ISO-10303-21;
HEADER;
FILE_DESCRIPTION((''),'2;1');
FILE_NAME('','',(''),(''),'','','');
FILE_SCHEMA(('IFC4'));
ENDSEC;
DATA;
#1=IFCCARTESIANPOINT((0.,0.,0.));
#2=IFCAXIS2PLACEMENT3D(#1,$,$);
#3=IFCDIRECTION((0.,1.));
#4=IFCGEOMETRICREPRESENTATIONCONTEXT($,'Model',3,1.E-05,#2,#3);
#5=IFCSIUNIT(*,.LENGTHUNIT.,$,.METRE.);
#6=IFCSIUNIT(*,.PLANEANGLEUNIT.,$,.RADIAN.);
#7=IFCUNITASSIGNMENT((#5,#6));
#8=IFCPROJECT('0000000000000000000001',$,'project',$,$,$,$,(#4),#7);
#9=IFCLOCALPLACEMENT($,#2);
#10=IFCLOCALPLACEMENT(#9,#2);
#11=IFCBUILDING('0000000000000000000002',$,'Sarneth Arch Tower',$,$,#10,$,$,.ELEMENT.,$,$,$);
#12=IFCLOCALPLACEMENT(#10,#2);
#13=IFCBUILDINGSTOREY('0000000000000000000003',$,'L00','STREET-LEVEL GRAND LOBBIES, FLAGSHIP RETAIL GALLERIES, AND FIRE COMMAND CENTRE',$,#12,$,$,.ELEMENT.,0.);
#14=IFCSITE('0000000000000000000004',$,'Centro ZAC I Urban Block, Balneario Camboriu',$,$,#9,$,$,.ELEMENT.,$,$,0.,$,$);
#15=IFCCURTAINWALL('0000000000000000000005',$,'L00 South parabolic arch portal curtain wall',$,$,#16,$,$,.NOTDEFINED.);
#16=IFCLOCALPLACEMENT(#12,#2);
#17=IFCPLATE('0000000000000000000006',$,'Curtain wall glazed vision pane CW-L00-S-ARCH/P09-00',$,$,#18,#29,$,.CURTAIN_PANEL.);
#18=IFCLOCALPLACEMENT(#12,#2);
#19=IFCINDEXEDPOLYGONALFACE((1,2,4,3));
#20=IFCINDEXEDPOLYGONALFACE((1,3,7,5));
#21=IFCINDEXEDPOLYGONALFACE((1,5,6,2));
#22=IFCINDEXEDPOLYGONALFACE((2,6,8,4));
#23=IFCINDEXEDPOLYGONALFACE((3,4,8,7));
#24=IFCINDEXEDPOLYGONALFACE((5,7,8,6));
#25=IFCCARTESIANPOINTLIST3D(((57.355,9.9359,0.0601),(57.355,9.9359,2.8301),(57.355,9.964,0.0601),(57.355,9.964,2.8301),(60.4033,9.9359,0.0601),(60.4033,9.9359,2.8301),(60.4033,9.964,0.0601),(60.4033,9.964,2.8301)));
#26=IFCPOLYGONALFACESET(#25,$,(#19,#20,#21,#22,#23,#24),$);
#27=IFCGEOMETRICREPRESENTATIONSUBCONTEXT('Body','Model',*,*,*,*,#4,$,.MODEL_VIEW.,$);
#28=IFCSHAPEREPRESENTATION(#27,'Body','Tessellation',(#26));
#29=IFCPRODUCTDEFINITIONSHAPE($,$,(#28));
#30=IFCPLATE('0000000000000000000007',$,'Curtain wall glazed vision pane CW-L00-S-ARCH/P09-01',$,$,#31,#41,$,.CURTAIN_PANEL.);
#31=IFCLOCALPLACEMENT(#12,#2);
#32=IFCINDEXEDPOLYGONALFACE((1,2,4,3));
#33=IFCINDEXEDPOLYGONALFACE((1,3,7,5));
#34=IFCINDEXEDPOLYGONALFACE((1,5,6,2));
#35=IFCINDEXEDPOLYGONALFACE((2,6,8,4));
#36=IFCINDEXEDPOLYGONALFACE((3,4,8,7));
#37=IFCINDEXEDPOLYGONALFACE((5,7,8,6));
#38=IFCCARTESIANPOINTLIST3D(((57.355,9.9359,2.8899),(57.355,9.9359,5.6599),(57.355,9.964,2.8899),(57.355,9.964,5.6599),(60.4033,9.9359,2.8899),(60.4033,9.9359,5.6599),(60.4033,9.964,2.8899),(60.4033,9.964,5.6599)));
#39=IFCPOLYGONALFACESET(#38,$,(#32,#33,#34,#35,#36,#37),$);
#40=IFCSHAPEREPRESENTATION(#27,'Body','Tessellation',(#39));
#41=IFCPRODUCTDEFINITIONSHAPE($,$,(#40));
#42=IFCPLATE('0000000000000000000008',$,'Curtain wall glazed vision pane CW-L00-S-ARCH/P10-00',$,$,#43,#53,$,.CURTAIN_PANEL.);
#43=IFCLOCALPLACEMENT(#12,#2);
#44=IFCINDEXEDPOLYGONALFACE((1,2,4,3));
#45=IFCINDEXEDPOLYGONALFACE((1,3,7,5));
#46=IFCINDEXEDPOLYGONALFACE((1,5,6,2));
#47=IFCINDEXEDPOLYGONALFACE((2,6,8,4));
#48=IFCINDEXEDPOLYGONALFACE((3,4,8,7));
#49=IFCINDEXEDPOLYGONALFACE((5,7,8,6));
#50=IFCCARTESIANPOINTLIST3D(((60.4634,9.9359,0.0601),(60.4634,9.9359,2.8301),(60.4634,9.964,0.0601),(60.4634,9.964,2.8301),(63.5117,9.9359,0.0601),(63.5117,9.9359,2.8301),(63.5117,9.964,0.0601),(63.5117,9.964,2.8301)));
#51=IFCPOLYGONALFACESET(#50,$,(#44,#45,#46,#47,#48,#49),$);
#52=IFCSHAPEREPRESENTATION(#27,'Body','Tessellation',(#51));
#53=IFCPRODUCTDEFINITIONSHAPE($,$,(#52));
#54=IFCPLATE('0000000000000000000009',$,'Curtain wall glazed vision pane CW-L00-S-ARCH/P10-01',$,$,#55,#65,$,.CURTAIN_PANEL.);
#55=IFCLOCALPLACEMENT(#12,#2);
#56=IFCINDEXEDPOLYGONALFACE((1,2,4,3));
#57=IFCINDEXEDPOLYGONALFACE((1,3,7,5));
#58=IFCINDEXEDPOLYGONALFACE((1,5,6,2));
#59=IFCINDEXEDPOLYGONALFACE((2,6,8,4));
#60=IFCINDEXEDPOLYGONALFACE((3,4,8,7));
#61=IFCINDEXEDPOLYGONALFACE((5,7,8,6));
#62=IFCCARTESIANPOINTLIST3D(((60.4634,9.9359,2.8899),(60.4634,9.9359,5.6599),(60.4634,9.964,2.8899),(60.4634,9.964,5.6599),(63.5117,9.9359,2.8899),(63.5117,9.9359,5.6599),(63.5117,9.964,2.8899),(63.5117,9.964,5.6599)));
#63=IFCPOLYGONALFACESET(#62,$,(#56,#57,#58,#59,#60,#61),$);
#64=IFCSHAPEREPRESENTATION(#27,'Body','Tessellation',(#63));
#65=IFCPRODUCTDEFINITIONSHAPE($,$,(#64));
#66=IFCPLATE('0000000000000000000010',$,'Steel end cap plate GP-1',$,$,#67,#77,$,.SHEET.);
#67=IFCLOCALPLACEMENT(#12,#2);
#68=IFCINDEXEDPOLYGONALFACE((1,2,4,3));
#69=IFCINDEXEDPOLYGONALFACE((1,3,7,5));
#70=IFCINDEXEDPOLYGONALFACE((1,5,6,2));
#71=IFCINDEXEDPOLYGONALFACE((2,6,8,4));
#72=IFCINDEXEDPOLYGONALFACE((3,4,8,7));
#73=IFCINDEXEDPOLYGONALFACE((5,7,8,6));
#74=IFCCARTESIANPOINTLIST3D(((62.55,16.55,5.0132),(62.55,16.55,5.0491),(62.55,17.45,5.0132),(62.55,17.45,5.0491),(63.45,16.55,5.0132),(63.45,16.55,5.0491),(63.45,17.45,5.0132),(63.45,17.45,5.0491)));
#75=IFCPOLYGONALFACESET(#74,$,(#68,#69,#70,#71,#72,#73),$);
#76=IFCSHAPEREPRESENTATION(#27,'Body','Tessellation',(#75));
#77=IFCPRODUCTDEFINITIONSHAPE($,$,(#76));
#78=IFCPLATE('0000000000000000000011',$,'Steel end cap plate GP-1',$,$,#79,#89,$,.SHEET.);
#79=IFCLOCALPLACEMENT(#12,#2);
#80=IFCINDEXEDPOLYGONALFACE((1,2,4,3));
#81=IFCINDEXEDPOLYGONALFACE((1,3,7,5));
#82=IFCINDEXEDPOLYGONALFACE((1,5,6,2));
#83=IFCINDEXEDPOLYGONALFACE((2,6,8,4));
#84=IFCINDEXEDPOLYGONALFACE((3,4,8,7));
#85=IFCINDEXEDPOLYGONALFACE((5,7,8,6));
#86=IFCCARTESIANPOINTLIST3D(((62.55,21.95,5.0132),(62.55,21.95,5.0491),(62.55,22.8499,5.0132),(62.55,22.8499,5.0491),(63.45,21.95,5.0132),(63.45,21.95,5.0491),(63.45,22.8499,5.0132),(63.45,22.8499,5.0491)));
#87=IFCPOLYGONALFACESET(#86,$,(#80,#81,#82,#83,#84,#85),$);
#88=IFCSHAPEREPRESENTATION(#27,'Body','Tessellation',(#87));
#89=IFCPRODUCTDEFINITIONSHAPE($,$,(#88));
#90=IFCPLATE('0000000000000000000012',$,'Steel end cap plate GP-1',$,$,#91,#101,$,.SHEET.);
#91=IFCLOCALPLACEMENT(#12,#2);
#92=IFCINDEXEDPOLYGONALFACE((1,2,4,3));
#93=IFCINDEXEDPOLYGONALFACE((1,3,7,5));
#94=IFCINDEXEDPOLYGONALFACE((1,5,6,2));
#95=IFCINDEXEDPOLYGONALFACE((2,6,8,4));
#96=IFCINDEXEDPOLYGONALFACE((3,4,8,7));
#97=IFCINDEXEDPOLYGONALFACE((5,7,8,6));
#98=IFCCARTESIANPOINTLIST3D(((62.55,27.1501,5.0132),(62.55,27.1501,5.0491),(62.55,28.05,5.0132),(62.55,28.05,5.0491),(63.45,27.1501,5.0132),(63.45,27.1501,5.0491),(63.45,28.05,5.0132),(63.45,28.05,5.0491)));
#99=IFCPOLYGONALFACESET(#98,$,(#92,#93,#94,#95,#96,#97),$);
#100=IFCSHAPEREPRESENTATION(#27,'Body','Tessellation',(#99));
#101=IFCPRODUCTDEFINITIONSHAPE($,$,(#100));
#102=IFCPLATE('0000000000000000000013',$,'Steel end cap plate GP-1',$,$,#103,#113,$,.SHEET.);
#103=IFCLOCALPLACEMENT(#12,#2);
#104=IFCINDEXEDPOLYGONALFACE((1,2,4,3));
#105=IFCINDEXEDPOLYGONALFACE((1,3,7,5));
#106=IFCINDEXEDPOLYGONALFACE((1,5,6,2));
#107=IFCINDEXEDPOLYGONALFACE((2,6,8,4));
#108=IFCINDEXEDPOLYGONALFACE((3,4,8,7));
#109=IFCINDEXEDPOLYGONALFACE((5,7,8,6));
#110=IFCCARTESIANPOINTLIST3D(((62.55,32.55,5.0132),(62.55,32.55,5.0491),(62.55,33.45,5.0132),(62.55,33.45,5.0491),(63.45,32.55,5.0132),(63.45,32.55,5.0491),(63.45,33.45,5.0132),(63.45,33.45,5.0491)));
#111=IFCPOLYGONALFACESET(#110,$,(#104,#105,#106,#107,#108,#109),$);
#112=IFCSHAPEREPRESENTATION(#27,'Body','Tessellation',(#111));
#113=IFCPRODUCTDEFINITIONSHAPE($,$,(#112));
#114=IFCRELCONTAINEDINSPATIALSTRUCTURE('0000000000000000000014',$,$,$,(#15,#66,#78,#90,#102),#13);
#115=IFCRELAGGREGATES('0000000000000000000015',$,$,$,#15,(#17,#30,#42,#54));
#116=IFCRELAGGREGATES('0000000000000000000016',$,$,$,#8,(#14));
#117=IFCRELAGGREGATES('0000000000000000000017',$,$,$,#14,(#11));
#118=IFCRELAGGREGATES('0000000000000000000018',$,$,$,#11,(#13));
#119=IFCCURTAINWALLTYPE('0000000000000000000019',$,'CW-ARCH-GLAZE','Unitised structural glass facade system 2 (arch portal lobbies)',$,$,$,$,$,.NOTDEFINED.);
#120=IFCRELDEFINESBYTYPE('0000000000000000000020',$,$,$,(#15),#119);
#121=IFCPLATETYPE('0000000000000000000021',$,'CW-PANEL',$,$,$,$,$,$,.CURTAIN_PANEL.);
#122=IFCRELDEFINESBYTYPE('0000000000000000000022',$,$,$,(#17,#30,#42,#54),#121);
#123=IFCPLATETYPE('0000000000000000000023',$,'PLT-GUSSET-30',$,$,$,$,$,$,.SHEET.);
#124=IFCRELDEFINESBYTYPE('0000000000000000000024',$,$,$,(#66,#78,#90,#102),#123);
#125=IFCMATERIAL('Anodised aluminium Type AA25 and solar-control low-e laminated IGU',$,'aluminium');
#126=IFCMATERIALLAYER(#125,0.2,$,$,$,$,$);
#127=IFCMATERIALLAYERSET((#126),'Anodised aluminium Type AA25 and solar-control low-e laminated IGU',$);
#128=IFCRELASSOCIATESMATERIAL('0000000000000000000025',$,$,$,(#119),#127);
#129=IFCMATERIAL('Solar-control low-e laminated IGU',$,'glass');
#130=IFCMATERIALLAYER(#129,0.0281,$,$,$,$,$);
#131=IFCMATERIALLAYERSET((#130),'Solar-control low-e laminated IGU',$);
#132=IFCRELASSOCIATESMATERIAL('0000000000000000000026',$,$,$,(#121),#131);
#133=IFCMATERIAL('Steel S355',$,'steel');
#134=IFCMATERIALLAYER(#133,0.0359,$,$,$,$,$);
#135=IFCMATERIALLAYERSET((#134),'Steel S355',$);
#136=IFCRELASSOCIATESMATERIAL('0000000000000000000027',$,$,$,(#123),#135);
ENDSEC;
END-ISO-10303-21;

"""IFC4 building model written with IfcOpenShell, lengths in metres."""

from ifc_helpers import new_model, si_unit, direction, frame, origin, origin_2d, place, context, subcontext, project, spatial, rectangle, extrude, material, layer, layer_set, type_object, element, aggregate, save


model = new_model("IFC4")

# Units and contexts
model_context = context("Model", 3, precision=1e-05, world=origin(), true_north=direction((0.0, 1.0)))
body_context = subcontext(model_context, "Body", "Model", "MODEL_VIEW")
ifc_project = project(units=[si_unit("LENGTHUNIT", "METRE"), si_unit("PLANEANGLEUNIT", "RADIAN")], contexts=[model_context])

# Site, building, storey
site_placement = place(None, origin())
site = spatial("IfcSite", under=ifc_project, at=site_placement, Name="Centro ZAC I Urban Block, Balneario Camboriu", CompositionType="ELEMENT", RefElevation=0.0)
building_placement = place(site_placement, origin())
building = spatial("IfcBuilding", under=site, at=building_placement, Name="Sarneth Arch Tower", CompositionType="ELEMENT")
storey_placement = place(building_placement, origin())
storey = spatial("IfcBuildingStorey", under=building, at=storey_placement, Name="L00", Description="STREET-LEVEL GRAND LOBBIES, FLAGSHIP RETAIL GALLERIES, AND FIRE COMMAND CENTRE", CompositionType="ELEMENT", Elevation=0.0)

# Curtain wall
ifc_material_1 = material(Name="Anodised aluminium Type AA25 and solar-control low-e laminated IGU", Category="aluminium")
ifc_layer_1 = layer(ifc_material_1, 0.2)
ifc_layer_set_1 = layer_set([ifc_layer_1], Name="Anodised aluminium Type AA25 and solar-control low-e laminated IGU")
curtain_wall_type = type_object("IfcCurtainWallType", Name="CW-ARCH-GLAZE", Description="Unitised structural glass facade system 2 (arch portal lobbies)", PredefinedType="NOTDEFINED", material=ifc_layer_set_1)
curtain_wall_placement = place(storey_placement, origin())
curtain_wall = element("IfcCurtainWall", 1, at=curtain_wall_placement, inside=storey, type_object=curtain_wall_type, Name="L00 South parabolic arch portal curtain wall", PredefinedType="NOTDEFINED")

# Plates
ifc_material_2 = material(Name="Solar-control low-e laminated IGU", Category="glass")
ifc_layer_2 = layer(ifc_material_2, 0.0281)
ifc_layer_set_2 = layer_set([ifc_layer_2], Name="Solar-control low-e laminated IGU")
plate_type_1 = type_object("IfcPlateType", Name="CW-PANEL", PredefinedType="CURTAIN_PANEL", material=ifc_layer_set_2)
plate_1_placement = place(storey_placement, frame((58.8792, 9.95, 0.0601), z_axis=(0.0, 0.0, 1.0), x_axis=(1.0, 0.0, 0.0)))
plate_1 = element("IfcPlate", 2, at=plate_1_placement, type_object=plate_type_1, Name="Curtain wall glazed vision pane CW-L00-S-ARCH/P09-00", PredefinedType="CURTAIN_PANEL", context=body_context, shape_type="SweptSolid", body=[
    extrude(rectangle(XDim=3.0483, YDim=0.0281, at=origin_2d()), origin(), (0.0, 0.0, 1.0), 2.77),
])
plate_2_placement = place(storey_placement, frame((58.8792, 9.95, 2.8899), z_axis=(0.0, 0.0, 1.0), x_axis=(1.0, 0.0, 0.0)))
plate_2 = element("IfcPlate", 3, at=plate_2_placement, type_object=plate_type_1, Name="Curtain wall glazed vision pane CW-L00-S-ARCH/P09-01", PredefinedType="CURTAIN_PANEL", context=body_context, shape_type="SweptSolid", body=[
    extrude(rectangle(XDim=3.0483, YDim=0.0281, at=origin_2d()), origin(), (0.0, 0.0, 1.0), 2.77),
])
plate_3_placement = place(storey_placement, frame((61.9875, 9.95, 0.0601), z_axis=(0.0, 0.0, 1.0), x_axis=(1.0, 0.0, 0.0)))
plate_3 = element("IfcPlate", 4, at=plate_3_placement, type_object=plate_type_1, Name="Curtain wall glazed vision pane CW-L00-S-ARCH/P10-00", PredefinedType="CURTAIN_PANEL", context=body_context, shape_type="SweptSolid", body=[
    extrude(rectangle(XDim=3.0483, YDim=0.0281, at=origin_2d()), origin(), (0.0, 0.0, 1.0), 2.77),
])
plate_4_placement = place(storey_placement, frame((61.9875, 9.95, 2.8899), z_axis=(0.0, 0.0, 1.0), x_axis=(1.0, 0.0, 0.0)))
plate_4 = element("IfcPlate", 5, at=plate_4_placement, type_object=plate_type_1, Name="Curtain wall glazed vision pane CW-L00-S-ARCH/P10-01", PredefinedType="CURTAIN_PANEL", context=body_context, shape_type="SweptSolid", body=[
    extrude(rectangle(XDim=3.0483, YDim=0.0281, at=origin_2d()), origin(), (0.0, 0.0, 1.0), 2.77),
])
aggregate(curtain_wall, [plate_1, plate_2, plate_3, plate_4])

# Plates
ifc_material_3 = material(Name="Steel S355", Category="steel")
ifc_layer_3 = layer(ifc_material_3, 0.0359)
ifc_layer_set_3 = layer_set([ifc_layer_3], Name="Steel S355")
plate_type_2 = type_object("IfcPlateType", Name="PLT-GUSSET-30", PredefinedType="SHEET", material=ifc_layer_set_3)
for number, where, z_axis, x_axis, name in (
    (6, (63.0, 17.0, 5.0132), (0.0, 0.0, 1.0), (-1.0, 0.0, 0.0), "Steel end cap plate GP-1"),
    (7, (63.0, 22.3999, 5.0132), (0.0, 0.0, 1.0), (-1.0, 0.0, 0.0), "Steel end cap plate GP-1"),
    (8, (63.0, 27.6001, 5.0132), (0.0, 0.0, 1.0), (-1.0, 0.0, 0.0), "Steel end cap plate GP-1"),
    (9, (63.0, 33.0, 5.0132), (0.0, 0.0, 1.0), (-1.0, 0.0, 0.0), "Steel end cap plate GP-1"),
):
    element("IfcPlate", number, at=place(storey_placement, frame(where, z_axis=z_axis, x_axis=x_axis)), inside=storey, type_object=plate_type_2, Name=name, PredefinedType="SHEET", context=body_context, shape_type="SweptSolid", body=[
        extrude(rectangle(XDim=0.8999, YDim=0.8999, at=origin_2d()), origin(), (0.0, 0.0, 1.0), 0.0359),
    ])

save(model, "model.ifc")
